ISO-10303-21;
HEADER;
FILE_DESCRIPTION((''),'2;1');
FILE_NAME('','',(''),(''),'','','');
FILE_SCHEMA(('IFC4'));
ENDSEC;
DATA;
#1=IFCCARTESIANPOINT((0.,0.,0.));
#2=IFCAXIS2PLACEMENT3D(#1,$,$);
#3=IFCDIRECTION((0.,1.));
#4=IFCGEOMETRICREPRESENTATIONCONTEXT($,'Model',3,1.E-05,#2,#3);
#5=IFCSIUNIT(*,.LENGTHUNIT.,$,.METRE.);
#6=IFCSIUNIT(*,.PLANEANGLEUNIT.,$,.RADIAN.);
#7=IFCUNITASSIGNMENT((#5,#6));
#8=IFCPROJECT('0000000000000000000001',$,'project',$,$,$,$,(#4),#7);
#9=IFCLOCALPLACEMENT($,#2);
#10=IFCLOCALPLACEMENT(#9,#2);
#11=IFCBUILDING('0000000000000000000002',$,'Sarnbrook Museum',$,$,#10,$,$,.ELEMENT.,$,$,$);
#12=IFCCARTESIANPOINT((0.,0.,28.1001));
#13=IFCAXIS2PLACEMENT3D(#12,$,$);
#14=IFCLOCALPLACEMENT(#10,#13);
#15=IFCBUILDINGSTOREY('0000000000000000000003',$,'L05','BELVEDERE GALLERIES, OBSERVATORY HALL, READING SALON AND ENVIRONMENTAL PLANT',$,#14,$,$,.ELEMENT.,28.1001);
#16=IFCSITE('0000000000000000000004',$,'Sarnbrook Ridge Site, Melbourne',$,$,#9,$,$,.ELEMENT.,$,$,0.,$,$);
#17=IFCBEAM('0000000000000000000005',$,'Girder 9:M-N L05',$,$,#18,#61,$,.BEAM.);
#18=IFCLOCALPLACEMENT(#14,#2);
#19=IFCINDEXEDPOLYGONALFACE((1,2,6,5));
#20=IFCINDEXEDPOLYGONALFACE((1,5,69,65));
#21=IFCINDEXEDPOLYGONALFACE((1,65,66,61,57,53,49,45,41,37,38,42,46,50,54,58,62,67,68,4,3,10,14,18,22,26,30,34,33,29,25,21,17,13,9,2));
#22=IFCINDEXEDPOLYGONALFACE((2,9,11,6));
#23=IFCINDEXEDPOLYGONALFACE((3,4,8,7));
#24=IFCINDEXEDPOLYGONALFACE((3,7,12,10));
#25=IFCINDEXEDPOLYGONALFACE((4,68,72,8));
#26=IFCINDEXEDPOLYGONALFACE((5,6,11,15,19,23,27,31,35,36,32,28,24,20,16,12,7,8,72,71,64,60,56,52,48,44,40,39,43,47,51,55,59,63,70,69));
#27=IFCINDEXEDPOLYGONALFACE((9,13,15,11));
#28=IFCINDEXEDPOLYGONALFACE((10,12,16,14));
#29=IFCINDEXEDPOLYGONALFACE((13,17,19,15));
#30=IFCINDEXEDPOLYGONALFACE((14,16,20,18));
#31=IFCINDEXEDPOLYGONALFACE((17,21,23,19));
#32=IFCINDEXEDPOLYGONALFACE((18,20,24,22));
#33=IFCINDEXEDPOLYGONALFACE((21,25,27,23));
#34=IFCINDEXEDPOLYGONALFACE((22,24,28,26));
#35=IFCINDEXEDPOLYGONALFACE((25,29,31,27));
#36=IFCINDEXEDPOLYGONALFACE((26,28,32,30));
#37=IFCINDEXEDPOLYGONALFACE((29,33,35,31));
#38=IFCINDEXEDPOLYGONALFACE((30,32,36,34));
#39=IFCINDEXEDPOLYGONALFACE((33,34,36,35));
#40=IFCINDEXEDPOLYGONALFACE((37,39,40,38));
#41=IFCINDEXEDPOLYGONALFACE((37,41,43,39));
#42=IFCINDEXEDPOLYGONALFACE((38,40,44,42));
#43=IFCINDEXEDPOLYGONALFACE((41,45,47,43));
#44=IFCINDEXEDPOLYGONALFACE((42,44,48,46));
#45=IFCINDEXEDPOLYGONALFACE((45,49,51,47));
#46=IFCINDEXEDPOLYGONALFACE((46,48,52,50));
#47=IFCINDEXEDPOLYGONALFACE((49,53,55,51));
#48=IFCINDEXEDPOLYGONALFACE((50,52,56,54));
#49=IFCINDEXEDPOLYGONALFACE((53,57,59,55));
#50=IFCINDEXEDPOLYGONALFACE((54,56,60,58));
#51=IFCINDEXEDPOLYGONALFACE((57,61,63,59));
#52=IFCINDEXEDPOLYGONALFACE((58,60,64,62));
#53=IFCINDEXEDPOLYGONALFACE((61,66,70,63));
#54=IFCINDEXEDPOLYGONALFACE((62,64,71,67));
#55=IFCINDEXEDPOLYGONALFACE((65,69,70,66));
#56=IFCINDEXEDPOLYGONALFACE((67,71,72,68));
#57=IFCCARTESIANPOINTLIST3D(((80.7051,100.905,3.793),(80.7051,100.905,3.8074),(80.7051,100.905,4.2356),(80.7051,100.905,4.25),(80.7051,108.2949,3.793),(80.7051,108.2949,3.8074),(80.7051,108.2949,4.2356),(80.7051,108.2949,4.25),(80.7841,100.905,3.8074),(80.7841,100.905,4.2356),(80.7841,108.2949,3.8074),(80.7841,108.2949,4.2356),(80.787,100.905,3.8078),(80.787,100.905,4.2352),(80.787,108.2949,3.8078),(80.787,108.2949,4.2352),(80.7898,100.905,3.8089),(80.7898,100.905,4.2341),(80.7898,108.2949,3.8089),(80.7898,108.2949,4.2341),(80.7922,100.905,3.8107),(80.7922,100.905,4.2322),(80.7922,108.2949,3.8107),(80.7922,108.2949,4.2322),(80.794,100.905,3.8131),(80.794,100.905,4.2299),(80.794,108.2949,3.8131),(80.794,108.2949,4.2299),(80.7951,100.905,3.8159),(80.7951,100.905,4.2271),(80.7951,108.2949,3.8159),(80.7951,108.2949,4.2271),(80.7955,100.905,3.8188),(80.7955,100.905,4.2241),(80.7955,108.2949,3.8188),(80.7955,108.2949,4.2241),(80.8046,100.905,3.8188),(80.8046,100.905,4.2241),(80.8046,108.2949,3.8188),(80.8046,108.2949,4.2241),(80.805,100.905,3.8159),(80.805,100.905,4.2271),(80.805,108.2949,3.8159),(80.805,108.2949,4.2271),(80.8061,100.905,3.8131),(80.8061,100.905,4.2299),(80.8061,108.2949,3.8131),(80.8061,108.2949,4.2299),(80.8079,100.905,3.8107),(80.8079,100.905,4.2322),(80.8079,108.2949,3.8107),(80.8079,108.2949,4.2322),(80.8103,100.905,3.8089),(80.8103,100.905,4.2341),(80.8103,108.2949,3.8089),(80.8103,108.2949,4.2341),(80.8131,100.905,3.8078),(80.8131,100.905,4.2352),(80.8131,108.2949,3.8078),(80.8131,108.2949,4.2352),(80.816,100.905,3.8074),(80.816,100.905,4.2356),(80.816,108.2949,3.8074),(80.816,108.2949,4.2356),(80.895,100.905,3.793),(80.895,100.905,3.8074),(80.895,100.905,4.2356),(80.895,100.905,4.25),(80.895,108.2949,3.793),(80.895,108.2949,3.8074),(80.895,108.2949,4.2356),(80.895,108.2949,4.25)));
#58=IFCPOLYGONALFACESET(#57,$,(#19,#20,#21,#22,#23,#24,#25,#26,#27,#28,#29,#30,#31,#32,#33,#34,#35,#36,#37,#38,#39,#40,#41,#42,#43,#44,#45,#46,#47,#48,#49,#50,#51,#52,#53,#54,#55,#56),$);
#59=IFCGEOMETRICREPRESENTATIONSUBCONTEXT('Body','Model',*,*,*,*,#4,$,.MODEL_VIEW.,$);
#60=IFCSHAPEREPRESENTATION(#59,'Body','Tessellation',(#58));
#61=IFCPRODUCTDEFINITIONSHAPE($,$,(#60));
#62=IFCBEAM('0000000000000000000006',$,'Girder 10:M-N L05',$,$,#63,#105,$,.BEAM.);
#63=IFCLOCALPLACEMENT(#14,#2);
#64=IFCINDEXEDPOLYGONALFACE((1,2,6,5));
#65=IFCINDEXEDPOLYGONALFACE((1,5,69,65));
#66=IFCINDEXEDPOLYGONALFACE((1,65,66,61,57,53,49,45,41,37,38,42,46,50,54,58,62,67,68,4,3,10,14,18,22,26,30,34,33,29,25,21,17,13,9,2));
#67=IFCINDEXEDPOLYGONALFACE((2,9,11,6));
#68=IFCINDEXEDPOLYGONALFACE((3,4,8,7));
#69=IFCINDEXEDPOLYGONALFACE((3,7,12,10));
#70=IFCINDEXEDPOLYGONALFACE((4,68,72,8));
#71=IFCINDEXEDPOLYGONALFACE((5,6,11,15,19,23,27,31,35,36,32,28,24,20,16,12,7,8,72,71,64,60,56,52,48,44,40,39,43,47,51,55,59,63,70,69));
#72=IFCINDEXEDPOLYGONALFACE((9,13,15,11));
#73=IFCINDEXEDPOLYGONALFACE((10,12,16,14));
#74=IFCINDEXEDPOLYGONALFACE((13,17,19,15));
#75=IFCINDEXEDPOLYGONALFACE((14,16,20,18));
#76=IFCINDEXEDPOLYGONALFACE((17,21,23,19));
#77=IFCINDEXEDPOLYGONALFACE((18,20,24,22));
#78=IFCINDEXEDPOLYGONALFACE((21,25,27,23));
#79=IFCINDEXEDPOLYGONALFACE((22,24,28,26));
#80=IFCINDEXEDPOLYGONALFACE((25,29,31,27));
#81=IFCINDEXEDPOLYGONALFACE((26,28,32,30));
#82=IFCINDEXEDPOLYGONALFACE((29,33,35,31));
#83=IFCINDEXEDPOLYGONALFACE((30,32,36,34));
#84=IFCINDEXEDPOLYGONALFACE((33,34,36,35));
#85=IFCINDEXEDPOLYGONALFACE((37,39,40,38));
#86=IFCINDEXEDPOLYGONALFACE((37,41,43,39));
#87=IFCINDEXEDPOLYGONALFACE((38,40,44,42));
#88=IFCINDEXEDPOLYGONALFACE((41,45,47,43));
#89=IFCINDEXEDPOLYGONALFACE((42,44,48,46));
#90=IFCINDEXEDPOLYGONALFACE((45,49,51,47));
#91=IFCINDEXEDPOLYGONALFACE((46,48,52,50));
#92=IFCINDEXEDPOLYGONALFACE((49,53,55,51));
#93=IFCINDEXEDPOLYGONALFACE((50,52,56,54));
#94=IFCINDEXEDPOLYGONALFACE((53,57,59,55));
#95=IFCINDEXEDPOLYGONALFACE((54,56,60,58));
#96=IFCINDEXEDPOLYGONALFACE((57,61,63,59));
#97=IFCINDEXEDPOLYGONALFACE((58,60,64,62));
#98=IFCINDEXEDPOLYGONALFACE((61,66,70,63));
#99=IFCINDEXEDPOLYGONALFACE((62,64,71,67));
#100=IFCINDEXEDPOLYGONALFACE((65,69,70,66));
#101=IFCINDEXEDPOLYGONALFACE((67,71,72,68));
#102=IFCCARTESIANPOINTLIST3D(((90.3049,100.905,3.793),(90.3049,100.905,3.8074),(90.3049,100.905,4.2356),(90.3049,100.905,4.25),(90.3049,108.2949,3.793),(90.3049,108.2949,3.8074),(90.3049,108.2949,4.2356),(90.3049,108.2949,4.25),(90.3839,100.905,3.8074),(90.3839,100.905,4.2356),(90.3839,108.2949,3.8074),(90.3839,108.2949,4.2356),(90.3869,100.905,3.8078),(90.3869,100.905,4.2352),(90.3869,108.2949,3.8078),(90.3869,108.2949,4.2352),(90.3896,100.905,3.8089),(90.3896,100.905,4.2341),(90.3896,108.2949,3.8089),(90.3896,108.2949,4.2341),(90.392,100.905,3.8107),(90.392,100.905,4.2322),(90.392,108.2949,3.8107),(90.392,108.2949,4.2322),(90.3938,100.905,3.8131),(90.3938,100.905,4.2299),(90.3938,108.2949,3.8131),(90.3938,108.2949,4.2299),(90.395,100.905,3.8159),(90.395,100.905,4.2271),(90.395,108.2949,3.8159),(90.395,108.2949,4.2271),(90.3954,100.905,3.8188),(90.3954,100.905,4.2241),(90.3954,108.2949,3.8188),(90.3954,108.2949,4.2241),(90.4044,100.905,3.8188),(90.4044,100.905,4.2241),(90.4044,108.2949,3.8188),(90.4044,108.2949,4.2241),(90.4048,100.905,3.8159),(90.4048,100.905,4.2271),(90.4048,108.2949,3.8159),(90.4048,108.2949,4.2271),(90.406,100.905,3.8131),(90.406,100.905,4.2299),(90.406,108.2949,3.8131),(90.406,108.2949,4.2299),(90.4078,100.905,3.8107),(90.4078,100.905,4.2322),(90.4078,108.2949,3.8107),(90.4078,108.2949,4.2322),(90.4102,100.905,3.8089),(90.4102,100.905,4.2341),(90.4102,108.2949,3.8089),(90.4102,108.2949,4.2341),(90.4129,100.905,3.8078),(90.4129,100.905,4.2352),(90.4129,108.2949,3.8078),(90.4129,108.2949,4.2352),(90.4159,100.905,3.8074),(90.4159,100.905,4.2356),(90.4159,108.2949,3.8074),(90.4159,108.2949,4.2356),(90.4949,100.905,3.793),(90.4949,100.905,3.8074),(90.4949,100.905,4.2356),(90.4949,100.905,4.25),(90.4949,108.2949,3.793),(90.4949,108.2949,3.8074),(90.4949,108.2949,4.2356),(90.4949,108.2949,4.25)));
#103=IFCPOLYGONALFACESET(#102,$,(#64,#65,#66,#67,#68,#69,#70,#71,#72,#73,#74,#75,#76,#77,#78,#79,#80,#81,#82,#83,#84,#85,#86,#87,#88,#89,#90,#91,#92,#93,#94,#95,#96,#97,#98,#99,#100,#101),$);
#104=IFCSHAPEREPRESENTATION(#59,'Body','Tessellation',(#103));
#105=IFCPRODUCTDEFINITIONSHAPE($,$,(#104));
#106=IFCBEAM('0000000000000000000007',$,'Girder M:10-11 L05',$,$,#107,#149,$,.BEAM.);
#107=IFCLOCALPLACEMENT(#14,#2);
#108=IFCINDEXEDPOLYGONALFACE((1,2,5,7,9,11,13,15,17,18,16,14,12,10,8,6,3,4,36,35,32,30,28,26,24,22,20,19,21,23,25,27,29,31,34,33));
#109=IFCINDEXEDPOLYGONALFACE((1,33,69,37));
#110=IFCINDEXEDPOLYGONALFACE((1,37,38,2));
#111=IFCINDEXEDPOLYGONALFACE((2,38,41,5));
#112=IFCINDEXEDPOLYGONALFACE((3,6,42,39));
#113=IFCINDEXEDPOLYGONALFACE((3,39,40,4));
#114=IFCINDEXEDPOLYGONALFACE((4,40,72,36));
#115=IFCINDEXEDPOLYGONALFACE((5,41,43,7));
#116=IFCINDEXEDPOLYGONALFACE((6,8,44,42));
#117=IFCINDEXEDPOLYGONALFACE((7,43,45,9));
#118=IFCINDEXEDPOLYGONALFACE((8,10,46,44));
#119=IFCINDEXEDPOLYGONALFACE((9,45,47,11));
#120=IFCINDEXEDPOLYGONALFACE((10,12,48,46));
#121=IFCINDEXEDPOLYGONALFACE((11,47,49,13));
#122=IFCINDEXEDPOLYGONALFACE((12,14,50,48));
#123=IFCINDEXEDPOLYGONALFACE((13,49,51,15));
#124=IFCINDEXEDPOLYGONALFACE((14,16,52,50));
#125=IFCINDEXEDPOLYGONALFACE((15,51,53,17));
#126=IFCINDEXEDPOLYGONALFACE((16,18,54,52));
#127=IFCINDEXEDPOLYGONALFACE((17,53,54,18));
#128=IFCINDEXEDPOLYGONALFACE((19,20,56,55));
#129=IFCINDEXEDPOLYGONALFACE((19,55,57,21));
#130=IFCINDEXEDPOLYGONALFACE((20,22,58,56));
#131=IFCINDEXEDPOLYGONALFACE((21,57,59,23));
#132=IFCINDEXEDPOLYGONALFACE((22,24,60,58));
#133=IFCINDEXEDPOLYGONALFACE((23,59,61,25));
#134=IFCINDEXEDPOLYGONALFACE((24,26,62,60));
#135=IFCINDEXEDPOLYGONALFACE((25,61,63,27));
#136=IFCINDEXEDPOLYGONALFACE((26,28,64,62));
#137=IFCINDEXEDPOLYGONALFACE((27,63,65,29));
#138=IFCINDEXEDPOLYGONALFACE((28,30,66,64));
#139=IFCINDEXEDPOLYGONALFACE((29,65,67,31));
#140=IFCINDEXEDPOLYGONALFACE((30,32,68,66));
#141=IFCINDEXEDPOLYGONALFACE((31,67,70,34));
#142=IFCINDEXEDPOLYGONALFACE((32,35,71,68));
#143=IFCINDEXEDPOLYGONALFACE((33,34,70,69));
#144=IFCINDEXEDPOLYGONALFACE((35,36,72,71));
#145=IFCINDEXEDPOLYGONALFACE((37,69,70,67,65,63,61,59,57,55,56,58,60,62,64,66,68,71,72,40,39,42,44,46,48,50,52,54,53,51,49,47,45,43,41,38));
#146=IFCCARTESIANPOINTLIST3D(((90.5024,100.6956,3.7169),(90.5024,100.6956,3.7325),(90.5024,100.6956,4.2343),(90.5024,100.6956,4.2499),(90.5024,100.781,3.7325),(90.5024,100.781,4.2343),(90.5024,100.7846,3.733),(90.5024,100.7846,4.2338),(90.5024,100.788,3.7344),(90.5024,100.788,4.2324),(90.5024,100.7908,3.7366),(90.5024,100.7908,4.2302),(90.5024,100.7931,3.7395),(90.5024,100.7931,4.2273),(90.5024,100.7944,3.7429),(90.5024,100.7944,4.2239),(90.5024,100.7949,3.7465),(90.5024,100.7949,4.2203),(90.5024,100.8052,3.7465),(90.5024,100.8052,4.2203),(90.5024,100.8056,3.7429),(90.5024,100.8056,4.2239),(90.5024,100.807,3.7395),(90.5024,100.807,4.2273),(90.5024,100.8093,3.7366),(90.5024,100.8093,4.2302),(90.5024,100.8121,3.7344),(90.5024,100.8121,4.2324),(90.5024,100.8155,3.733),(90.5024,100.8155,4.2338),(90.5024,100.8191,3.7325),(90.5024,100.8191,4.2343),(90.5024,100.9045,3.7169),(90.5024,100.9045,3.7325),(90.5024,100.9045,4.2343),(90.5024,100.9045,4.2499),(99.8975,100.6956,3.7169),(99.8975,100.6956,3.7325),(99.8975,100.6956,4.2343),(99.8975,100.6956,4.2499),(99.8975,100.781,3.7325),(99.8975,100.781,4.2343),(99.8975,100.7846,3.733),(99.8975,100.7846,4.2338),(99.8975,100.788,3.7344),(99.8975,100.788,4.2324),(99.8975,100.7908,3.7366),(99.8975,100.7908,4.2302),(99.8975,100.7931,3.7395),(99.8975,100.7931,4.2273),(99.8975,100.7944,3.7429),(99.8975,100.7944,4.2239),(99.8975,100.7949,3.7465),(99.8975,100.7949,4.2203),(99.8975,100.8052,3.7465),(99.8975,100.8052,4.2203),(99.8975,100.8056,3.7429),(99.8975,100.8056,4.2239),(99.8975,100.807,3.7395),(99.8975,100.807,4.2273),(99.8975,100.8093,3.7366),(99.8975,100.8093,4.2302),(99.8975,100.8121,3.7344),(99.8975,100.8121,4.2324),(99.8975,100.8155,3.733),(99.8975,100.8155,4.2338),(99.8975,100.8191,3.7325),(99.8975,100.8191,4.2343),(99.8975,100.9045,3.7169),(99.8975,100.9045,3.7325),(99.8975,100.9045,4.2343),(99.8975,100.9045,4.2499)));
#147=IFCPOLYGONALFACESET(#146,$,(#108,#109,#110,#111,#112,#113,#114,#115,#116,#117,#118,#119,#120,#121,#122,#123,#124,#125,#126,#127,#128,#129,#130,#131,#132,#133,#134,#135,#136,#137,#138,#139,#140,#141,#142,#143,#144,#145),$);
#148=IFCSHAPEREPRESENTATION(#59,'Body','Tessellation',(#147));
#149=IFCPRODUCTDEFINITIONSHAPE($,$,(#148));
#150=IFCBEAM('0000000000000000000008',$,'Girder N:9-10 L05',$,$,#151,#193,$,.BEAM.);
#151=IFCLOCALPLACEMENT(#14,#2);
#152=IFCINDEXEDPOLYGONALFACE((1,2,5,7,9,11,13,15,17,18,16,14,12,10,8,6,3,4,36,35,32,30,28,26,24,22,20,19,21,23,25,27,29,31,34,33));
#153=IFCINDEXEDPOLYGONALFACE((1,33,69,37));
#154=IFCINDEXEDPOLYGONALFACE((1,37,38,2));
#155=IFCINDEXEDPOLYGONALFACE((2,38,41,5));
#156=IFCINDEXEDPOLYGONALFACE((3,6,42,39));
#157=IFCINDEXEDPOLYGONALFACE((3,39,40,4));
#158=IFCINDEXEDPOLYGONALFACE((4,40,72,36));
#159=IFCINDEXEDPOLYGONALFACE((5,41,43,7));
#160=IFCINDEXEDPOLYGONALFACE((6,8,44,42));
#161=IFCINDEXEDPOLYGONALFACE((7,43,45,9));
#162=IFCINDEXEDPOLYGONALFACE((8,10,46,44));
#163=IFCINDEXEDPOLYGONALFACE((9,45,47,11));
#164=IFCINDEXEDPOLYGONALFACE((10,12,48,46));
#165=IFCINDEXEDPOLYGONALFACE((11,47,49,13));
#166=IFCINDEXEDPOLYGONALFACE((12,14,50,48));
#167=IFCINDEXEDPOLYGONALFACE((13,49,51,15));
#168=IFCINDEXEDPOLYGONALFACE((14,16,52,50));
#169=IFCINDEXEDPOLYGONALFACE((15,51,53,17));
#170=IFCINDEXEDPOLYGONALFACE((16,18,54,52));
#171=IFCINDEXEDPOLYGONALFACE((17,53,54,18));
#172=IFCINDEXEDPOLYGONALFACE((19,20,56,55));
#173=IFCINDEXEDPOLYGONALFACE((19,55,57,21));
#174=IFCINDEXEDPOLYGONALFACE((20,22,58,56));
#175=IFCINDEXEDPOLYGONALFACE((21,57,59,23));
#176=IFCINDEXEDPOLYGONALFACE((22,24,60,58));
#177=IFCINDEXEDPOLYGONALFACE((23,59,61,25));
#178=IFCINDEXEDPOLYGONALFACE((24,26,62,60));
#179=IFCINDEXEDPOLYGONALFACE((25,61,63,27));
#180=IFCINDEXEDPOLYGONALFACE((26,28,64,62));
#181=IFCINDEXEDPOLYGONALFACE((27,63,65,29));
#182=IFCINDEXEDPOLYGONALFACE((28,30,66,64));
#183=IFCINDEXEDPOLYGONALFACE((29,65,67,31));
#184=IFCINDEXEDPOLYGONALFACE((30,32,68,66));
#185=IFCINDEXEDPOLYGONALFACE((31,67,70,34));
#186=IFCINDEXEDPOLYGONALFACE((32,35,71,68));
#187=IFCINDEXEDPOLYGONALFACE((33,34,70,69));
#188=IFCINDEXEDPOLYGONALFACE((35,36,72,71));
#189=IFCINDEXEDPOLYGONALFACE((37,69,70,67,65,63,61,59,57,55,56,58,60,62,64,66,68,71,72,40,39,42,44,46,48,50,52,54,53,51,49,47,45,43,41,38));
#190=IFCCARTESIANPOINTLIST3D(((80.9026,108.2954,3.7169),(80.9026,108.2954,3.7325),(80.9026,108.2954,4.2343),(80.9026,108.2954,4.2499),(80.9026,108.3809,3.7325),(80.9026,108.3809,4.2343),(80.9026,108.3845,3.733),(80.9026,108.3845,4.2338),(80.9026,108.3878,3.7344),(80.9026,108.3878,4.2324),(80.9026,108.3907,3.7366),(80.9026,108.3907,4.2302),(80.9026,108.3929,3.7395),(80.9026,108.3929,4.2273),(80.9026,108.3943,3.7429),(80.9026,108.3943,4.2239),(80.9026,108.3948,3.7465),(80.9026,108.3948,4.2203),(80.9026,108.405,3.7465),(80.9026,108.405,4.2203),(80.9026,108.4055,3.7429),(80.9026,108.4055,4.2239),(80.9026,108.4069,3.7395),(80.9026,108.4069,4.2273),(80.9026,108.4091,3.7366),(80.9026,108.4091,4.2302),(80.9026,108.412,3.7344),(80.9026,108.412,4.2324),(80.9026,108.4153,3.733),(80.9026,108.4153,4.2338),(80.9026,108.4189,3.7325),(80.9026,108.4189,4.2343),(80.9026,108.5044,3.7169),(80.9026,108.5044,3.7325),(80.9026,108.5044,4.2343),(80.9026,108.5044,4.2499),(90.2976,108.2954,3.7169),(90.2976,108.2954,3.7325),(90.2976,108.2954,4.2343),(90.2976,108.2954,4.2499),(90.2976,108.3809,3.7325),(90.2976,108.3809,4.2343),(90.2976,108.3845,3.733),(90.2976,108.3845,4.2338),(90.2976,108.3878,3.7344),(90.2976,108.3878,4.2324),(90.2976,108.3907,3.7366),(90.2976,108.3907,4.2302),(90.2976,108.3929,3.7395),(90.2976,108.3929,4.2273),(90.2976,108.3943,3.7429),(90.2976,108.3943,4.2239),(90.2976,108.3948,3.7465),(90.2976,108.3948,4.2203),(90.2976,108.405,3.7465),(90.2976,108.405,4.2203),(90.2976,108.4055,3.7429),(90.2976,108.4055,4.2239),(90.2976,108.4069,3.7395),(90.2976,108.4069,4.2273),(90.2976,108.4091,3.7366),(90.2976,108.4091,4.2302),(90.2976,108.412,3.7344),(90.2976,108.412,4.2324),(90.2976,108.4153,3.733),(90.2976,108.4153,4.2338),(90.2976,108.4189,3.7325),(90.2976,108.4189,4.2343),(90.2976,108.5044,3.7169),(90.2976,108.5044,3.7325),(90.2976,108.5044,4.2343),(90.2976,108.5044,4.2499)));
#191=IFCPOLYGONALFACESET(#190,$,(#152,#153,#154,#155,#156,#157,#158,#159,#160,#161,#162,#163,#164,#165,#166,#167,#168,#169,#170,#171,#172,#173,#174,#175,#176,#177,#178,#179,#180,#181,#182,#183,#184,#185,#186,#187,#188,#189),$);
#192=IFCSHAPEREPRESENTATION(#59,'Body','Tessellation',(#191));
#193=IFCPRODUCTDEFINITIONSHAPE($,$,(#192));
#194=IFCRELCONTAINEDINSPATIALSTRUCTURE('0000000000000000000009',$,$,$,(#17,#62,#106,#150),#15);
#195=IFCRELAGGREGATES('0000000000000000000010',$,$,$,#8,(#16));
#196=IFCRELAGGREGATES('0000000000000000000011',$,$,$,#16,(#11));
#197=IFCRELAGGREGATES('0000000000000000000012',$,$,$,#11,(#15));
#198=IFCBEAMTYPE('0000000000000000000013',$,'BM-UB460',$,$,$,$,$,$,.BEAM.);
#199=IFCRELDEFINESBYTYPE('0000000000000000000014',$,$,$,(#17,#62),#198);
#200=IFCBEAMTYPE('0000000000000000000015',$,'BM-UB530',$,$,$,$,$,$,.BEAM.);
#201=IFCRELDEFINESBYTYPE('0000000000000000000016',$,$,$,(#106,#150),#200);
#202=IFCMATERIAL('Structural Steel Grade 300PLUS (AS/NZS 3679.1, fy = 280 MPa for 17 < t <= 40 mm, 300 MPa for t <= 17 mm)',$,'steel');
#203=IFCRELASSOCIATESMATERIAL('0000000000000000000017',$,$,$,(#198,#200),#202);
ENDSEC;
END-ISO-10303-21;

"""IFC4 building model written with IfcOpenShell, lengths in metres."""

from ifc_helpers import new_model, si_unit, direction, frame, origin, origin_2d, place, context, subcontext, project, spatial, i_section, extrude, material, material_profile, profile_set, type_object, element, save


model = new_model("IFC4")

# Units and contexts
model_context = context("Model", 3, precision=1e-05, world=origin(), true_north=direction((0.0, 1.0)))
body_context = subcontext(model_context, "Body", "Model", "MODEL_VIEW")
ifc_project = project(units=[si_unit("LENGTHUNIT", "METRE"), si_unit("PLANEANGLEUNIT", "RADIAN")], contexts=[model_context])

# Site, building, storey
site_placement = place(None, origin())
site = spatial("IfcSite", under=ifc_project, at=site_placement, Name="Sarnbrook Ridge Site, Melbourne", CompositionType="ELEMENT", RefElevation=0.0)
building_placement = place(site_placement, origin())
building = spatial("IfcBuilding", under=site, at=building_placement, Name="Sarnbrook Museum", CompositionType="ELEMENT")
storey_placement = place(building_placement, frame((0.0, 0.0, 28.1001)))
storey = spatial("IfcBuildingStorey", under=building, at=storey_placement, Name="L05", Description="BELVEDERE GALLERIES, OBSERVATORY HALL, READING SALON AND ENVIRONMENTAL PLANT", CompositionType="ELEMENT", Elevation=28.1001)

# Shared definitions
ifc_material_1 = material(Name="Structural Steel Grade 300PLUS (AS/NZS 3679.1, fy = 280 MPa for 17 < t <= 40 mm, 300 MPa for t <= 17 mm)", Category="steel")

# Beams
ifc_material_profile_1 = material_profile(ifc_material_1, i_section(OverallWidth=0.1899, OverallDepth=0.457, WebThickness=0.009, FlangeThickness=0.0144, FilletRadius=0.0115, at=origin_2d()), Name="460UB74.6")
ifc_profile_set_1 = profile_set([ifc_material_profile_1], Name="Structural Steel Grade 300PLUS (AS/NZS 3679.1, fy = 280 MPa for 17 < t <= 40 mm, 300 MPa for t <= 17 mm)")
beam_type_1 = type_object("IfcBeamType", Name="BM-UB460", PredefinedType="BEAM", material=ifc_profile_set_1)
for number, where, z_axis, x_axis, name in (
    (1, (80.8, 100.905, 4.0215), (0.0, 1.0, 0.0), (-1.0, 0.0, 0.0), "Girder 9:M-N L05"),
    (2, (90.3999, 100.905, 4.0215), (0.0, 1.0, 0.0), (-1.0, 0.0, 0.0), "Girder 10:M-N L05"),
):
    element("IfcBeam", number, at=place(storey_placement, frame(where, z_axis=z_axis, x_axis=x_axis)), inside=storey, type_object=beam_type_1, Name=name, PredefinedType="BEAM", context=body_context, shape_type="SweptSolid", body=[
        extrude(i_section(OverallWidth=0.1899, OverallDepth=0.457, WebThickness=0.009, FlangeThickness=0.0144, FilletRadius=0.0115, at=origin_2d()), origin(), (0.0, 0.0, 1.0), 7.3899),
    ])
ifc_material_profile_2 = material_profile(ifc_material_1, i_section(OverallWidth=0.209, OverallDepth=0.533, WebThickness=0.0103, FlangeThickness=0.0156, FilletRadius=0.0139, at=origin_2d()), Name="530UB92.4")
ifc_profile_set_2 = profile_set([ifc_material_profile_2], Name="Structural Steel Grade 300PLUS (AS/NZS 3679.1, fy = 280 MPa for 17 < t <= 40 mm, 300 MPa for t <= 17 mm)")
beam_type_2 = type_object("IfcBeamType", Name="BM-UB530", PredefinedType="BEAM", material=ifc_profile_set_2)
for number, where, z_axis, x_axis, name in (
    (3, (90.5024, 100.8, 3.9834), (1.0, 0.0, 0.0), (0.0, 1.0, 0.0), "Girder M:10-11 L05"),
    (4, (80.9026, 108.3999, 3.9834), (1.0, 0.0, 0.0), (0.0, 1.0, 0.0), "Girder N:9-10 L05"),
):
    element("IfcBeam", number, at=place(storey_placement, frame(where, z_axis=z_axis, x_axis=x_axis)), inside=storey, type_object=beam_type_2, Name=name, PredefinedType="BEAM", context=body_context, shape_type="SweptSolid", body=[
        extrude(i_section(OverallWidth=0.209, OverallDepth=0.533, WebThickness=0.0103, FlangeThickness=0.0156, FilletRadius=0.0139, at=origin_2d()), origin(), (0.0, 0.0, 1.0), 9.395),
    ])

save(model, "model.ifc")
